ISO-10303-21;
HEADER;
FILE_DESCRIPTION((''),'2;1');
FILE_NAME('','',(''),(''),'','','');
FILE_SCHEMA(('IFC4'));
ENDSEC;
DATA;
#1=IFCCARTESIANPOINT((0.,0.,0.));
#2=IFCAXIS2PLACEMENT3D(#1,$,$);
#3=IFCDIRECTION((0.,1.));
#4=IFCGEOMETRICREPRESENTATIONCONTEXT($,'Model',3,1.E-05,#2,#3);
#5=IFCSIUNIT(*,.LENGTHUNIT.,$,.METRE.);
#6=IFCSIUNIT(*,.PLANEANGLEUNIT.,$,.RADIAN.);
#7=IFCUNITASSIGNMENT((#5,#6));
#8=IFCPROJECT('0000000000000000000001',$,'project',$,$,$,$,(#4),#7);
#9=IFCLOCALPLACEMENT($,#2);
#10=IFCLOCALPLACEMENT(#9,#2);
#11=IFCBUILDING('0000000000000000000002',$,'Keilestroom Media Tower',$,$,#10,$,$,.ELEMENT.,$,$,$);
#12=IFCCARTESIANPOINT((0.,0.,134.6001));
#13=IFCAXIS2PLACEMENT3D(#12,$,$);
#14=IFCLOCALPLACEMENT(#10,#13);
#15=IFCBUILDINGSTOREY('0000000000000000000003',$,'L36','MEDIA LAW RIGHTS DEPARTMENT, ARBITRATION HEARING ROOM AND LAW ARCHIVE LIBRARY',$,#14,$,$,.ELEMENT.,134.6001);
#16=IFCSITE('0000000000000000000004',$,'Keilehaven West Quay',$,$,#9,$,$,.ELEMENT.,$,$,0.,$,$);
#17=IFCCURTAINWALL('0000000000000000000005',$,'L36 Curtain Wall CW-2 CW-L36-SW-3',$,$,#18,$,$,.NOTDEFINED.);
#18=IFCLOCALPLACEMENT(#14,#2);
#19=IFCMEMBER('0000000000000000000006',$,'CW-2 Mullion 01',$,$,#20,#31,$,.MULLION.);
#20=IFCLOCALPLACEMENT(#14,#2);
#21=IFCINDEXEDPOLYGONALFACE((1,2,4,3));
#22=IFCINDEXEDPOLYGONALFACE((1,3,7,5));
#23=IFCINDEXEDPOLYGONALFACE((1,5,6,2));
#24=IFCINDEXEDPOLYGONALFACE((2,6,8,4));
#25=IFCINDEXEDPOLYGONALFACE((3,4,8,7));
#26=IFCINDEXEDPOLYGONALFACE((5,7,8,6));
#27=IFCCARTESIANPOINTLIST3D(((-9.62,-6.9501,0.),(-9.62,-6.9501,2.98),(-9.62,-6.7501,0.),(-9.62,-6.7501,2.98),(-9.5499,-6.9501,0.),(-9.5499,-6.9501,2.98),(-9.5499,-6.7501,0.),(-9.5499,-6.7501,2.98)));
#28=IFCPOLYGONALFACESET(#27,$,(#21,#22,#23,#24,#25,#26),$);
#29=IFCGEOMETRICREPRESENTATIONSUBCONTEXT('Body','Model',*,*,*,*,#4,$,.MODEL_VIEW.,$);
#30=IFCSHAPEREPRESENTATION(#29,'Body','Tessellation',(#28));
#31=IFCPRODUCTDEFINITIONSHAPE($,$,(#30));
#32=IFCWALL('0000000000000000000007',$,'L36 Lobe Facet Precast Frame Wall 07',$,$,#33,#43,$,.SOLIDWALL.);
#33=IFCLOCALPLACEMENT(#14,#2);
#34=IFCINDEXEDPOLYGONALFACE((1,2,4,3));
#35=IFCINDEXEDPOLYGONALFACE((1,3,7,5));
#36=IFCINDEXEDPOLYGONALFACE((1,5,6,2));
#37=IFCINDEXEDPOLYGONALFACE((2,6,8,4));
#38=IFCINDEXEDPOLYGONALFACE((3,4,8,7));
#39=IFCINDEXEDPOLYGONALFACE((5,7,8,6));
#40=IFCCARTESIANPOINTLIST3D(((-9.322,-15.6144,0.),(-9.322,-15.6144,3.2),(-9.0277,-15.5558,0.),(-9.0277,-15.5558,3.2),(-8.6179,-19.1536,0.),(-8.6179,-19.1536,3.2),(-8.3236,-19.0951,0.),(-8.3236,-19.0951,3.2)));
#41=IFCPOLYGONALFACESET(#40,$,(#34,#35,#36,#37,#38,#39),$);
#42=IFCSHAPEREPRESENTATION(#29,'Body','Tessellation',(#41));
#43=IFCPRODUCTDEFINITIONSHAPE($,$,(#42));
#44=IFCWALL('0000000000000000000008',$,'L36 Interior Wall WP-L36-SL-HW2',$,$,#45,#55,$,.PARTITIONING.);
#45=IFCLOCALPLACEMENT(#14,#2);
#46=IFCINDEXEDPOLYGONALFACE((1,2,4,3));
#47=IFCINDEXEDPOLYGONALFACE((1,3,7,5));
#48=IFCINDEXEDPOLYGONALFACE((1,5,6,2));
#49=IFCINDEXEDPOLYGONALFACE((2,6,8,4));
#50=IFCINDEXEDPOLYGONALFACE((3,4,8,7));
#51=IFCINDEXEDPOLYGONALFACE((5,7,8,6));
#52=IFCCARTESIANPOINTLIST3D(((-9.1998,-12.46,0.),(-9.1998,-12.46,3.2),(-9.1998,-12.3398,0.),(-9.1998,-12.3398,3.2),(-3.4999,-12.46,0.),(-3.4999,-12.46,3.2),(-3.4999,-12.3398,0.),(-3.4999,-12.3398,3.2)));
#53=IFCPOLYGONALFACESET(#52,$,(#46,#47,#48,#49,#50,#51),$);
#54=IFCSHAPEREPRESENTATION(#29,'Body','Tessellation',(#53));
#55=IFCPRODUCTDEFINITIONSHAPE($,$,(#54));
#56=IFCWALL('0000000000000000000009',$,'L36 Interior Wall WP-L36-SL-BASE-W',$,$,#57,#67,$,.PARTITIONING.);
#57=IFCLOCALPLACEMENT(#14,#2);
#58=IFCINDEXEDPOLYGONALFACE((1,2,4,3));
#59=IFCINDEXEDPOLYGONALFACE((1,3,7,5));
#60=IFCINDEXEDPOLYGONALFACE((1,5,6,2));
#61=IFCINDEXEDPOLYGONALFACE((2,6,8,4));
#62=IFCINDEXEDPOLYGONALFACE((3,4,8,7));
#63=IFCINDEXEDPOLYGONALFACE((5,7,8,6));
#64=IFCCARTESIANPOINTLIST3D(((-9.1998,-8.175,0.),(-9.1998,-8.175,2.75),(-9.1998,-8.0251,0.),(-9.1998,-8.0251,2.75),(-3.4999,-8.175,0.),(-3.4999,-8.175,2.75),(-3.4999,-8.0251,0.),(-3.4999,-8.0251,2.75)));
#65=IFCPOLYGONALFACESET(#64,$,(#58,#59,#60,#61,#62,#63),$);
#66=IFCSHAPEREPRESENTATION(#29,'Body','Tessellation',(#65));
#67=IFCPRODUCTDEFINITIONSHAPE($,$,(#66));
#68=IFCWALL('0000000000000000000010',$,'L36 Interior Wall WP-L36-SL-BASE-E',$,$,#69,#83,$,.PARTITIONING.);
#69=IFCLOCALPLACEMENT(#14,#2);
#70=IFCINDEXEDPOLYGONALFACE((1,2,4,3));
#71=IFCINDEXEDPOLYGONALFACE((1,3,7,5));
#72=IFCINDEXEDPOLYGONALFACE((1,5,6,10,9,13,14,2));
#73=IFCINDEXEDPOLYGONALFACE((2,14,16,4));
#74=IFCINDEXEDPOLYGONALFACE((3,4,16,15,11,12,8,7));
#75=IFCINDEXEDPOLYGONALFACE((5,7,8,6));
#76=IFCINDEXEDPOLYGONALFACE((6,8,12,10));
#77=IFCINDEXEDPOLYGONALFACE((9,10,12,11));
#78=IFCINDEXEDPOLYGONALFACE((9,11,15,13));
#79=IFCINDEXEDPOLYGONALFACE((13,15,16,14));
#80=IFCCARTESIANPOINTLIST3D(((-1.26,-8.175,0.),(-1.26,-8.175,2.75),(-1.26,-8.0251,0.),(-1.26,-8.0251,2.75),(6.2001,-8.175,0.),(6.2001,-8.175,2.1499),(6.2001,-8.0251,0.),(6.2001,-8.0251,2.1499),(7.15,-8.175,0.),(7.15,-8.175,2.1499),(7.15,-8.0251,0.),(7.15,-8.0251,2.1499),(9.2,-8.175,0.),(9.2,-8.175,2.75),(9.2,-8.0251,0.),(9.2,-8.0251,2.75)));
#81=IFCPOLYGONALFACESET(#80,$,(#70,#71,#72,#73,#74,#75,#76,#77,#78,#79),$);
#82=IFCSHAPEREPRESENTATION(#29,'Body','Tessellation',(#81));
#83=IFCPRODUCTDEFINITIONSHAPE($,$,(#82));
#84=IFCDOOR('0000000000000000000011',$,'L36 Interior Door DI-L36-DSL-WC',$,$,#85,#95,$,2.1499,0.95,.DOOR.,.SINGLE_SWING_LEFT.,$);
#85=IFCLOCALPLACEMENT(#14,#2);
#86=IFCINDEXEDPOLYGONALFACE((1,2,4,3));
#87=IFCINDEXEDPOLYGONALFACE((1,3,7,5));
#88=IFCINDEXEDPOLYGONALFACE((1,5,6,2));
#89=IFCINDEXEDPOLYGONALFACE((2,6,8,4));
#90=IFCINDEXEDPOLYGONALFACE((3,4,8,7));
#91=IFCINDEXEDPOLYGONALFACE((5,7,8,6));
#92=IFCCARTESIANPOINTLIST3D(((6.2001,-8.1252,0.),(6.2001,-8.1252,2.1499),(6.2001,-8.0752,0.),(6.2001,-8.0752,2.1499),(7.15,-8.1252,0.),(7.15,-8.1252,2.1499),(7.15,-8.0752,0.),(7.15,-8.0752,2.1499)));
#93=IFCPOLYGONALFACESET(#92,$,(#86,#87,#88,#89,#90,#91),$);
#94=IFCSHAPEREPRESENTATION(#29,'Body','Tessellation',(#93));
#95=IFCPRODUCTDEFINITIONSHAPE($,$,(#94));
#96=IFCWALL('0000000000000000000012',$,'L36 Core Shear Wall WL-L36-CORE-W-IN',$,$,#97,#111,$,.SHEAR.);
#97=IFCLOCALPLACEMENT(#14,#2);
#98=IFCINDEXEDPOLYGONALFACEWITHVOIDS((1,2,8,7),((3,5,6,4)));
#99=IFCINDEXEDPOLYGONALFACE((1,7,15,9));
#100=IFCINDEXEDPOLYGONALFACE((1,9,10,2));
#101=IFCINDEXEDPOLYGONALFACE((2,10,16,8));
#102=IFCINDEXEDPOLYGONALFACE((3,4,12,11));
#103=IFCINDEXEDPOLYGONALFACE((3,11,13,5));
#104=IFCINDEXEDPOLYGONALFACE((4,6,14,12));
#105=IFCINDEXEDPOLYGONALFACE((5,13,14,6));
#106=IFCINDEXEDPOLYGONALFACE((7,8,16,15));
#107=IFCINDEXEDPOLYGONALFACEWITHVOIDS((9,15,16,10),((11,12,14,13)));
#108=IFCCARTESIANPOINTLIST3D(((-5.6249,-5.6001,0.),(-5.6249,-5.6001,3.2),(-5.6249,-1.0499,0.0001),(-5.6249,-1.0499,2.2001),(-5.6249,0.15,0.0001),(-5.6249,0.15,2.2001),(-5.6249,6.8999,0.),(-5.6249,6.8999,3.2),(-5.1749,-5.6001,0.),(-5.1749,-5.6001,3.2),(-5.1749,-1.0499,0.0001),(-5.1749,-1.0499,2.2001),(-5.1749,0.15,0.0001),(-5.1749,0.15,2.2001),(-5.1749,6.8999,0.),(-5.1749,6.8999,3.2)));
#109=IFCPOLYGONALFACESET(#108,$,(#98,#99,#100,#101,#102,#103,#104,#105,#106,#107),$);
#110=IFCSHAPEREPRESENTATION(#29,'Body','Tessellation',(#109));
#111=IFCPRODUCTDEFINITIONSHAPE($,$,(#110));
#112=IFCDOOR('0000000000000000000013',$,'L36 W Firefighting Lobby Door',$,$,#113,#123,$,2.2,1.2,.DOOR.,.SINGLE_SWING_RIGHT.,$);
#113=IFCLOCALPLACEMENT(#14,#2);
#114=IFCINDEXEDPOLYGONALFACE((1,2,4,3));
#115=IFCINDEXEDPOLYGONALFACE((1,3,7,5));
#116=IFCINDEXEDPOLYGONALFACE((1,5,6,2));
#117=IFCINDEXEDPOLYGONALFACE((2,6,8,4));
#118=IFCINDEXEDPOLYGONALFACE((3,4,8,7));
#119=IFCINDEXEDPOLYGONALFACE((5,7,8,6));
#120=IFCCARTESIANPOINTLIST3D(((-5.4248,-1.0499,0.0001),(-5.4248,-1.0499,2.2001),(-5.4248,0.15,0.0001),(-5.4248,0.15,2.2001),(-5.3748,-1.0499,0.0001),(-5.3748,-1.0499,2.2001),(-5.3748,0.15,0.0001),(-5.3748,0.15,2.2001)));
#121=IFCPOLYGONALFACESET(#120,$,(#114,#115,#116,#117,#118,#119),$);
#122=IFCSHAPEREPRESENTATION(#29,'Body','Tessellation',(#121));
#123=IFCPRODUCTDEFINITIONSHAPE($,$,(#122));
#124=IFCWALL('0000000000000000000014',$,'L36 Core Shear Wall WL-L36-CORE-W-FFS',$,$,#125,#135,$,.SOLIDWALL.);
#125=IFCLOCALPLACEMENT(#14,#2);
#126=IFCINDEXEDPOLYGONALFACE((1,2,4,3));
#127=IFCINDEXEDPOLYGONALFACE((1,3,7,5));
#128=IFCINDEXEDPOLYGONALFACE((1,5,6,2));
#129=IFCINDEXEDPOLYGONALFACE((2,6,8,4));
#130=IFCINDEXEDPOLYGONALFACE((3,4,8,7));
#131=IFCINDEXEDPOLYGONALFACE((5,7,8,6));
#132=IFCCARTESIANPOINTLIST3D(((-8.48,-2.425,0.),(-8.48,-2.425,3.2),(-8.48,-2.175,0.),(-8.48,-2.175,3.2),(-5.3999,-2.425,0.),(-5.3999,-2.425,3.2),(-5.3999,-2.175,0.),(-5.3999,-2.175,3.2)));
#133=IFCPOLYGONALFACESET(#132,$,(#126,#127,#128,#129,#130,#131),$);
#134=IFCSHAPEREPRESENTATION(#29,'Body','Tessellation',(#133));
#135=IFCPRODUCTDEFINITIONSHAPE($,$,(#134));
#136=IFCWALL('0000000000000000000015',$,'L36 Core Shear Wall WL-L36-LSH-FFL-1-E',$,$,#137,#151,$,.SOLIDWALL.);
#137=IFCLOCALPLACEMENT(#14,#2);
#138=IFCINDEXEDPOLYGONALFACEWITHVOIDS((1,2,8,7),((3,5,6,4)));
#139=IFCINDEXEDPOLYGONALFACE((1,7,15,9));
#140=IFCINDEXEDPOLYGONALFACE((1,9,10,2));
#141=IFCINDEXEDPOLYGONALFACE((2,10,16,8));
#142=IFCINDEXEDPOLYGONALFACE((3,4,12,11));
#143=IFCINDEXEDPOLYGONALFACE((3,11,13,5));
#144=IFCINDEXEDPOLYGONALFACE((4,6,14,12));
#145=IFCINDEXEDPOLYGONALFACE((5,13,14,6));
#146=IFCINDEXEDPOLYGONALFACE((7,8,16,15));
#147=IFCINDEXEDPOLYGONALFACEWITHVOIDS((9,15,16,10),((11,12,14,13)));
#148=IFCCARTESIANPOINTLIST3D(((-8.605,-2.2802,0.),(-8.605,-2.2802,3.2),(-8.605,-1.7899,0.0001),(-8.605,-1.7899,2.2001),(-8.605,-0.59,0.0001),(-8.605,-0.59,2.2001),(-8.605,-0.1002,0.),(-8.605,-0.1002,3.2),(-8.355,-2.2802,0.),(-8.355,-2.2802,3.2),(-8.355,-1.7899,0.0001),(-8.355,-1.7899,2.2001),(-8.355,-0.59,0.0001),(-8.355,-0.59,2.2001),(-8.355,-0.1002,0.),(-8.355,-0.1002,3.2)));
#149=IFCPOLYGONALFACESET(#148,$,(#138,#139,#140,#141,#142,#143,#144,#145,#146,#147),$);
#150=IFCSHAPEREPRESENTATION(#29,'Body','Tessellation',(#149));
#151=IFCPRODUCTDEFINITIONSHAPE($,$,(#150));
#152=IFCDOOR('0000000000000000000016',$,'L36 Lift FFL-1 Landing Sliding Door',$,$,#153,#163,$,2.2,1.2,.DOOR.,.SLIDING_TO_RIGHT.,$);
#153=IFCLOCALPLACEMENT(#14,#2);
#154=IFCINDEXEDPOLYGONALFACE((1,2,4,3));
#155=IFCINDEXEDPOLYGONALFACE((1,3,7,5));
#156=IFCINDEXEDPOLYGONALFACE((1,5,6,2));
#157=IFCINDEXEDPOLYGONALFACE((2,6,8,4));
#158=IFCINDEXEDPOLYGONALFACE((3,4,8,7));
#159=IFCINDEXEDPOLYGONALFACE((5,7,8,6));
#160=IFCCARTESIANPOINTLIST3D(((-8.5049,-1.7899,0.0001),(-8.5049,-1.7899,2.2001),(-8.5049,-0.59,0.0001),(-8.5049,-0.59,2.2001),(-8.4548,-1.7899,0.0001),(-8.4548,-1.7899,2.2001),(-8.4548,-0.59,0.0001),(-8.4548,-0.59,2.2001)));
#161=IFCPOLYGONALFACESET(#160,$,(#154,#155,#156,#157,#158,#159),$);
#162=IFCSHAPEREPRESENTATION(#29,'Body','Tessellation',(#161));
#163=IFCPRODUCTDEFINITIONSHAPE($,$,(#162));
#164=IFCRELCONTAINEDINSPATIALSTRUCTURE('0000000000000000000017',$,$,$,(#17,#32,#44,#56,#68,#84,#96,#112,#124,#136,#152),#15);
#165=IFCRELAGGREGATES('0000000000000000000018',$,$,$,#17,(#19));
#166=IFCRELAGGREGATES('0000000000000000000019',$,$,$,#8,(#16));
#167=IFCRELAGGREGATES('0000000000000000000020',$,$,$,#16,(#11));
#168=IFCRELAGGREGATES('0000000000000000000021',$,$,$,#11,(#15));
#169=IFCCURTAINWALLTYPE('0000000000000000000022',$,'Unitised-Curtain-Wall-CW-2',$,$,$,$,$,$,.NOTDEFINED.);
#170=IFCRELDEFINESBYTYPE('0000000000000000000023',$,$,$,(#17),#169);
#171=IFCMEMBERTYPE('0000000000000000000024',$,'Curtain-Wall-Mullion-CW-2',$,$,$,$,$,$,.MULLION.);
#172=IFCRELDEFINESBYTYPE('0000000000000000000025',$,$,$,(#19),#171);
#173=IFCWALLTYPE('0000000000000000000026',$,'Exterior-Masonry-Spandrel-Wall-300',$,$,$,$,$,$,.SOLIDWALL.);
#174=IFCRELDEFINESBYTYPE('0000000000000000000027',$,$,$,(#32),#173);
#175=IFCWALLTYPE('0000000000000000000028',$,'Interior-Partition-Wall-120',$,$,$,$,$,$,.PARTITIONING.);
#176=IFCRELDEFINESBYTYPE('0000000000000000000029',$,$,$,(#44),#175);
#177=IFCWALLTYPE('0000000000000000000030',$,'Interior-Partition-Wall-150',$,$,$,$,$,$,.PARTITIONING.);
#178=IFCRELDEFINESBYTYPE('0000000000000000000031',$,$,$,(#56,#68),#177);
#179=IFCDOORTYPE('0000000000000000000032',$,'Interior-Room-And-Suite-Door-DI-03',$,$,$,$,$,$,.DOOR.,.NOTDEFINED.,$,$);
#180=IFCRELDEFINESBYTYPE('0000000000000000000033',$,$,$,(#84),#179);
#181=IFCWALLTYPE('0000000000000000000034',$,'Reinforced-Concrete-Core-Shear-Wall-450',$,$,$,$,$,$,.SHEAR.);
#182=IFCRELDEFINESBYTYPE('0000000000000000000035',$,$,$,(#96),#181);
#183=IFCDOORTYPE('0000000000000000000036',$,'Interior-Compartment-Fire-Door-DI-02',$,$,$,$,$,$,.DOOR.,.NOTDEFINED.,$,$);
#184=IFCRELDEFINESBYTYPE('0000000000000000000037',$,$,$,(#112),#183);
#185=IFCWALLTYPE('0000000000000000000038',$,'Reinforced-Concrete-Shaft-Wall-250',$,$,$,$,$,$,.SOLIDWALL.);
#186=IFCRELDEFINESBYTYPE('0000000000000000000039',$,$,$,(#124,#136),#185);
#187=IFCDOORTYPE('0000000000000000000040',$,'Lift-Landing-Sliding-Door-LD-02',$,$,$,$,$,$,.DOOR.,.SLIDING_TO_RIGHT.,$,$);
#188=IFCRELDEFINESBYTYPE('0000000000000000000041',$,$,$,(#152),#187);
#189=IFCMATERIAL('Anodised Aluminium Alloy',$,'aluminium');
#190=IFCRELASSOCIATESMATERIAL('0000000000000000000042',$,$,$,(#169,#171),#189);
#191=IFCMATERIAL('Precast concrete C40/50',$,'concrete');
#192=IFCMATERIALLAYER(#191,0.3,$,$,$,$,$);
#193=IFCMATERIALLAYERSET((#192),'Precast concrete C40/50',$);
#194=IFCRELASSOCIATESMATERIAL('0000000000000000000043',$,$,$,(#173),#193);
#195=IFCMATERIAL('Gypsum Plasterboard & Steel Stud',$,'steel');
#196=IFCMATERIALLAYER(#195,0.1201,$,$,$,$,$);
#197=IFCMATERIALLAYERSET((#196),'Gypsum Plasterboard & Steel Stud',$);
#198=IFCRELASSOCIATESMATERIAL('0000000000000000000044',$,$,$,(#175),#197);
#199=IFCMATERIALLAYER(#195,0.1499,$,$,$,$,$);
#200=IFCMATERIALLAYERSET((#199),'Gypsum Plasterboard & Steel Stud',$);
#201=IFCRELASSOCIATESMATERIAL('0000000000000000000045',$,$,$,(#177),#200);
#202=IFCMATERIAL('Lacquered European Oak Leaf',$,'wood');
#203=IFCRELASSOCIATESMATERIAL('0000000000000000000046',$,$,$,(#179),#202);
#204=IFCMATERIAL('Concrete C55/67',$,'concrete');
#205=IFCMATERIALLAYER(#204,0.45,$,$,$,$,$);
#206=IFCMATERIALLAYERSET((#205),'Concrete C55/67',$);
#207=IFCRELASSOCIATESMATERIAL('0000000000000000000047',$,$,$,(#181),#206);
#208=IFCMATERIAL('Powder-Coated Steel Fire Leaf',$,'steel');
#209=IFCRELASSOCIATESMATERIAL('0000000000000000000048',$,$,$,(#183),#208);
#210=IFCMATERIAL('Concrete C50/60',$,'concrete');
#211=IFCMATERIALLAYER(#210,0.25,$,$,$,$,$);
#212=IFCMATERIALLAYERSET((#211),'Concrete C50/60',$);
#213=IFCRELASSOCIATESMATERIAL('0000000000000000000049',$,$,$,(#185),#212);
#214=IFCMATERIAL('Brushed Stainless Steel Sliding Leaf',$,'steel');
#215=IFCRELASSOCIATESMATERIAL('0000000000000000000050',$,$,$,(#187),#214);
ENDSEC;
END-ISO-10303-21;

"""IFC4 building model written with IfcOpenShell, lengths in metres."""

from ifc_helpers import new_model, si_unit, direction, frame, frame_2d, origin, origin_2d, place, context, subcontext, project, spatial, rectangle, extrude, source, transform, mapped, material, layer, layer_set, material_profile, profile_set, type_object, element, fill, aggregate, save


model = new_model("IFC4")

# Units and contexts
model_context = context("Model", 3, precision=1e-05, world=origin(), true_north=direction((0.0, 1.0)))
body_context = subcontext(model_context, "Body", "Model", "MODEL_VIEW")
ifc_project = project(units=[si_unit("LENGTHUNIT", "METRE"), si_unit("PLANEANGLEUNIT", "RADIAN")], contexts=[model_context])

# Site, building, storey
site_placement = place(None, origin())
site = spatial("IfcSite", under=ifc_project, at=site_placement, Name="Keilehaven West Quay", CompositionType="ELEMENT", RefElevation=0.0)
building_placement = place(site_placement, origin())
building = spatial("IfcBuilding", under=site, at=building_placement, Name="Keilestroom Media Tower", CompositionType="ELEMENT")
storey_placement = place(building_placement, frame((0.0, 0.0, 134.6001)))
storey = spatial("IfcBuildingStorey", under=building, at=storey_placement, Name="L36", Description="MEDIA LAW RIGHTS DEPARTMENT, ARBITRATION HEARING ROOM AND LAW ARCHIVE LIBRARY", CompositionType="ELEMENT", Elevation=134.6001)

# Shared definitions
ifc_material_1 = material(Name="Concrete C55/67", Category="concrete")

# Curtain wall, member
ifc_material_2 = material(Name="Anodised Aluminium Alloy", Category="aluminium")
curtain_wall_type = type_object("IfcCurtainWallType", Name="Unitised-Curtain-Wall-CW-2", PredefinedType="NOTDEFINED", material=ifc_material_2)
curtain_wall_placement = place(storey_placement, origin())
curtain_wall = element("IfcCurtainWall", 1, at=curtain_wall_placement, inside=storey, type_object=curtain_wall_type, Name="L36 Curtain Wall CW-2 CW-L36-SW-3", PredefinedType="NOTDEFINED")
ifc_material_profile_1 = material_profile(ifc_material_2, rectangle(XDim=0.0701, YDim=0.2, at=origin_2d()), Name="ALU MULLION 70x200")
ifc_profile_set_1 = profile_set([ifc_material_profile_1], Name="Anodised Aluminium Alloy")
member_type = type_object("IfcMemberType", Name="Curtain-Wall-Mullion-CW-2", PredefinedType="MULLION", material=ifc_profile_set_1)
shared_shape_1 = source(origin(), body_context, "Body", "SweptSolid", [
    extrude(rectangle(XDim=0.0701, YDim=0.2, at=origin_2d()), origin(), (0.0, 0.0, 1.0), 2.98),
])
member_placement = place(storey_placement, frame((-9.585, -6.8501, 0.0), z_axis=(0.0, 0.0, 1.0), x_axis=(1.0, 0.0, 0.0)))
member = element("IfcMember", 2, at=member_placement, type_object=member_type, Name="CW-2 Mullion 01", PredefinedType="MULLION", context=body_context, shape_type="MappedRepresentation", body=[
    mapped(shared_shape_1, transform((0.0, 0.0, 0.0), x_axis=(1.0, 0.0, 0.0), y_axis=(0.0, 1.0, 0.0), z_axis=(0.0, 0.0, 1.0), scale=1.0)),
])
aggregate(curtain_wall, [member])

# Walls
ifc_material_3 = material(Name="Precast concrete C40/50", Category="concrete")
ifc_layer_1 = layer(ifc_material_3, 0.3)
ifc_layer_set_1 = layer_set([ifc_layer_1], Name="Precast concrete C40/50")
wall_type_1 = type_object("IfcWallType", Name="Exterior-Masonry-Spandrel-Wall-300", PredefinedType="SOLIDWALL", material=ifc_layer_set_1)
wall_1_placement = place(storey_placement, frame((-9.1748, -15.5852, 0.0), z_axis=(0.0, 0.0, 1.0), x_axis=(0.195114, -0.980781, 0.0)))
element("IfcWall", 3, at=wall_1_placement, inside=storey, type_object=wall_type_1, Name="L36 Lobe Facet Precast Frame Wall 07", PredefinedType="SOLIDWALL", context=body_context, shape_type="SweptSolid", body=[
    extrude(rectangle(XDim=3.6086, YDim=0.3, at=frame_2d((1.8042, 0.0))), origin(), (0.0, 0.0, 1.0), 3.2),
])
ifc_material_4 = material(Name="Gypsum Plasterboard & Steel Stud", Category="steel")
ifc_layer_2 = layer(ifc_material_4, 0.1201)
ifc_layer_set_2 = layer_set([ifc_layer_2], Name="Gypsum Plasterboard & Steel Stud")
wall_type_2 = type_object("IfcWallType", Name="Interior-Partition-Wall-120", PredefinedType="PARTITIONING", material=ifc_layer_set_2)
wall_2_placement = place(storey_placement, frame((-9.2, -12.3999, 0.0), z_axis=(0.0, 0.0, 1.0), x_axis=(1.0, 0.0, 0.0)))
element("IfcWall", 4, at=wall_2_placement, inside=storey, type_object=wall_type_2, Name="L36 Interior Wall WP-L36-SL-HW2", PredefinedType="PARTITIONING", context=body_context, shape_type="SweptSolid", body=[
    extrude(rectangle(XDim=5.7, YDim=0.1201, at=frame_2d((2.8501, 0.0))), origin(), (0.0, 0.0, 1.0), 3.2),
])
ifc_layer_3 = layer(ifc_material_4, 0.1499)
ifc_layer_set_3 = layer_set([ifc_layer_3], Name="Gypsum Plasterboard & Steel Stud")
wall_type_3 = type_object("IfcWallType", Name="Interior-Partition-Wall-150", PredefinedType="PARTITIONING", material=ifc_layer_set_3)
wall_3_placement = place(storey_placement, frame((-9.2, -8.1001, 0.0), z_axis=(0.0, 0.0, 1.0), x_axis=(1.0, 0.0, 0.0)))
element("IfcWall", 5, at=wall_3_placement, inside=storey, type_object=wall_type_3, Name="L36 Interior Wall WP-L36-SL-BASE-W", PredefinedType="PARTITIONING", context=body_context, shape_type="SweptSolid", body=[
    extrude(rectangle(XDim=5.7, YDim=0.1499, at=frame_2d((2.8501, 0.0))), origin(), (0.0, 0.0, 1.0), 2.75),
])

# Walls, openings, doors
wall_4_placement = place(storey_placement, frame((-1.26, -8.1001, 0.0), z_axis=(0.0, 0.0, 1.0), x_axis=(1.0, 0.0, 0.0)))
wall_4 = element("IfcWall", 6, at=wall_4_placement, inside=storey, type_object=wall_type_3, Name="L36 Interior Wall WP-L36-SL-BASE-E", PredefinedType="PARTITIONING", context=body_context, shape_type="SweptSolid", body=[
    extrude(rectangle(XDim=10.46, YDim=0.1499, at=frame_2d((5.23, 0.0))), origin(), (0.0, 0.0, 1.0), 2.75),
])
opening_1_placement = place(wall_4_placement, frame((7.46, 0.0, 0.0)))
opening_1 = element("IfcOpeningElement", 7, at=opening_1_placement, cuts=wall_4, PredefinedType="OPENING", context=body_context, shape_type="SweptSolid", body=[
    extrude(rectangle(XDim=0.95, YDim=2.1499, at=frame_2d((0.4751, 1.075))), frame((0.0, 0.085, 0.0), z_axis=(0.0, -1.0, 0.0), x_axis=(1.0, 0.0, 0.0)), (0.0, 0.0, 1.0), 0.1699),
])
ifc_material_5 = material(Name="Lacquered European Oak Leaf", Category="wood")
door_type_1 = type_object("IfcDoorType", Name="Interior-Room-And-Suite-Door-DI-03", OperationType="NOTDEFINED", PredefinedType="DOOR", material=ifc_material_5)
shared_shape_2 = source(origin(), body_context, "Body", "SweptSolid", [
    extrude(rectangle(XDim=0.95, YDim=2.1499, at=frame_2d((0.4751, 1.075))), frame((0.0, 0.0249, 0.0), z_axis=(0.0, -1.0, 0.0), x_axis=(1.0, 0.0, 0.0)), (0.0, 0.0, 1.0), 0.05),
])
door_1_placement = place(opening_1_placement, origin())
door_1 = element("IfcDoor", 8, at=door_1_placement, inside=storey, type_object=door_type_1, Name="L36 Interior Door DI-L36-DSL-WC", OperationType="SINGLE_SWING_LEFT", OverallHeight=2.1499, OverallWidth=0.95, PredefinedType="DOOR", context=body_context, shape_type="MappedRepresentation", body=[
    mapped(shared_shape_2, transform((0.0, 0.0, 0.0), x_axis=(1.0, 0.0, 0.0), y_axis=(0.0, 1.0, 0.0), z_axis=(0.0, 0.0, 1.0), scale=1.0)),
])
fill(opening_1, door_1)
ifc_layer_4 = layer(ifc_material_1, 0.45)
ifc_layer_set_4 = layer_set([ifc_layer_4], Name="Concrete C55/67")
wall_type_4 = type_object("IfcWallType", Name="Reinforced-Concrete-Core-Shear-Wall-450", PredefinedType="SHEAR", material=ifc_layer_set_4)
wall_5_placement = place(storey_placement, frame((-5.3999, -5.6001, 0.0), z_axis=(0.0, 0.0, 1.0), x_axis=(0.0, 1.0, 0.0)))
wall_5 = element("IfcWall", 9, at=wall_5_placement, inside=storey, type_object=wall_type_4, Name="L36 Core Shear Wall WL-L36-CORE-W-IN", PredefinedType="SHEAR", context=body_context, shape_type="SweptSolid", body=[
    extrude(rectangle(XDim=12.5, YDim=0.45, at=frame_2d((6.25, 0.0))), origin(), (0.0, 0.0, 1.0), 3.2),
])
opening_2_placement = place(wall_5_placement, frame((4.55, 0.0, 0.0)))
opening_2 = element("IfcOpeningElement", 10, at=opening_2_placement, cuts=wall_5, PredefinedType="OPENING", context=body_context, shape_type="SweptSolid", body=[
    extrude(rectangle(XDim=1.2, YDim=2.2, at=frame_2d((0.6001, 1.1001))), frame((0.0, 0.2349, 0.0), z_axis=(0.0, -1.0, 0.0), x_axis=(1.0, 0.0, 0.0)), (0.0, 0.0, 1.0), 0.47),
])
ifc_material_6 = material(Name="Powder-Coated Steel Fire Leaf", Category="steel")
door_type_2 = type_object("IfcDoorType", Name="Interior-Compartment-Fire-Door-DI-02", OperationType="NOTDEFINED", PredefinedType="DOOR", material=ifc_material_6)
shared_shape_3 = source(origin(), body_context, "Body", "SweptSolid", [
    extrude(rectangle(XDim=1.2, YDim=2.2, at=frame_2d((0.6001, 1.1001))), frame((0.0, 0.0249, 0.0), z_axis=(0.0, -1.0, 0.0), x_axis=(1.0, 0.0, 0.0)), (0.0, 0.0, 1.0), 0.05),
])
door_2_placement = place(opening_2_placement, origin())
door_2 = element("IfcDoor", 11, at=door_2_placement, inside=storey, type_object=door_type_2, Name="L36 W Firefighting Lobby Door", OperationType="SINGLE_SWING_RIGHT", OverallHeight=2.2, OverallWidth=1.2, PredefinedType="DOOR", context=body_context, shape_type="MappedRepresentation", body=[
    mapped(shared_shape_3, transform((0.0, 0.0, 0.0), x_axis=(1.0, 0.0, 0.0), y_axis=(0.0, 1.0, 0.0), z_axis=(0.0, 0.0, 1.0), scale=1.0)),
])
fill(opening_2, door_2)

# Wall
ifc_material_7 = material(Name="Concrete C50/60", Category="concrete")
ifc_layer_5 = layer(ifc_material_7, 0.25)
ifc_layer_set_5 = layer_set([ifc_layer_5], Name="Concrete C50/60")
wall_type_5 = type_object("IfcWallType", Name="Reinforced-Concrete-Shaft-Wall-250", PredefinedType="SOLIDWALL", material=ifc_layer_set_5)
wall_6_placement = place(storey_placement, frame((-8.48, -2.3, 0.0), z_axis=(0.0, 0.0, 1.0), x_axis=(1.0, 0.0, 0.0)))
element("IfcWall", 12, at=wall_6_placement, inside=storey, type_object=wall_type_5, Name="L36 Core Shear Wall WL-L36-CORE-W-FFS", PredefinedType="SOLIDWALL", context=body_context, shape_type="SweptSolid", body=[
    extrude(rectangle(XDim=3.0801, YDim=0.25, at=frame_2d((1.54, 0.0))), origin(), (0.0, 0.0, 1.0), 3.2),
])

# Wall, opening, door
wall_7_placement = place(storey_placement, frame((-8.48, -2.28, 0.0), z_axis=(0.0, 0.0, 1.0), x_axis=(0.0, 1.0, 0.0)))
wall_7 = element("IfcWall", 13, at=wall_7_placement, inside=storey, type_object=wall_type_5, Name="L36 Core Shear Wall WL-L36-LSH-FFL-1-E", PredefinedType="SOLIDWALL", context=body_context, shape_type="SweptSolid", body=[
    extrude(rectangle(XDim=2.1799, YDim=0.25, at=frame_2d((1.0898, 0.0))), origin(), (0.0, 0.0, 1.0), 3.2),
])
opening_3_placement = place(wall_7_placement, frame((0.49, 0.0, 0.0)))
opening_3 = element("IfcOpeningElement", 14, at=opening_3_placement, cuts=wall_7, PredefinedType="OPENING", context=body_context, shape_type="SweptSolid", body=[
    extrude(rectangle(XDim=1.2, YDim=2.2, at=frame_2d((0.6001, 1.1001))), frame((0.0, 0.135, 0.0), z_axis=(0.0, -1.0, 0.0), x_axis=(1.0, 0.0, 0.0)), (0.0, 0.0, 1.0), 0.27),
])
ifc_material_8 = material(Name="Brushed Stainless Steel Sliding Leaf", Category="steel")
door_type_3 = type_object("IfcDoorType", Name="Lift-Landing-Sliding-Door-LD-02", OperationType="SLIDING_TO_RIGHT", PredefinedType="DOOR", material=ifc_material_8)
door_3_placement = place(opening_3_placement, origin())
door_3 = element("IfcDoor", 15, at=door_3_placement, inside=storey, type_object=door_type_3, Name="L36 Lift FFL-1 Landing Sliding Door", OperationType="SLIDING_TO_RIGHT", OverallHeight=2.2, OverallWidth=1.2, PredefinedType="DOOR", context=body_context, shape_type="MappedRepresentation", body=[
    mapped(shared_shape_3, transform((0.0, 0.0, 0.0), x_axis=(1.0, 0.0, 0.0), y_axis=(0.0, 1.0, 0.0), z_axis=(0.0, 0.0, 1.0), scale=1.0)),
])
fill(opening_3, door_3)

save(model, "model.ifc")
